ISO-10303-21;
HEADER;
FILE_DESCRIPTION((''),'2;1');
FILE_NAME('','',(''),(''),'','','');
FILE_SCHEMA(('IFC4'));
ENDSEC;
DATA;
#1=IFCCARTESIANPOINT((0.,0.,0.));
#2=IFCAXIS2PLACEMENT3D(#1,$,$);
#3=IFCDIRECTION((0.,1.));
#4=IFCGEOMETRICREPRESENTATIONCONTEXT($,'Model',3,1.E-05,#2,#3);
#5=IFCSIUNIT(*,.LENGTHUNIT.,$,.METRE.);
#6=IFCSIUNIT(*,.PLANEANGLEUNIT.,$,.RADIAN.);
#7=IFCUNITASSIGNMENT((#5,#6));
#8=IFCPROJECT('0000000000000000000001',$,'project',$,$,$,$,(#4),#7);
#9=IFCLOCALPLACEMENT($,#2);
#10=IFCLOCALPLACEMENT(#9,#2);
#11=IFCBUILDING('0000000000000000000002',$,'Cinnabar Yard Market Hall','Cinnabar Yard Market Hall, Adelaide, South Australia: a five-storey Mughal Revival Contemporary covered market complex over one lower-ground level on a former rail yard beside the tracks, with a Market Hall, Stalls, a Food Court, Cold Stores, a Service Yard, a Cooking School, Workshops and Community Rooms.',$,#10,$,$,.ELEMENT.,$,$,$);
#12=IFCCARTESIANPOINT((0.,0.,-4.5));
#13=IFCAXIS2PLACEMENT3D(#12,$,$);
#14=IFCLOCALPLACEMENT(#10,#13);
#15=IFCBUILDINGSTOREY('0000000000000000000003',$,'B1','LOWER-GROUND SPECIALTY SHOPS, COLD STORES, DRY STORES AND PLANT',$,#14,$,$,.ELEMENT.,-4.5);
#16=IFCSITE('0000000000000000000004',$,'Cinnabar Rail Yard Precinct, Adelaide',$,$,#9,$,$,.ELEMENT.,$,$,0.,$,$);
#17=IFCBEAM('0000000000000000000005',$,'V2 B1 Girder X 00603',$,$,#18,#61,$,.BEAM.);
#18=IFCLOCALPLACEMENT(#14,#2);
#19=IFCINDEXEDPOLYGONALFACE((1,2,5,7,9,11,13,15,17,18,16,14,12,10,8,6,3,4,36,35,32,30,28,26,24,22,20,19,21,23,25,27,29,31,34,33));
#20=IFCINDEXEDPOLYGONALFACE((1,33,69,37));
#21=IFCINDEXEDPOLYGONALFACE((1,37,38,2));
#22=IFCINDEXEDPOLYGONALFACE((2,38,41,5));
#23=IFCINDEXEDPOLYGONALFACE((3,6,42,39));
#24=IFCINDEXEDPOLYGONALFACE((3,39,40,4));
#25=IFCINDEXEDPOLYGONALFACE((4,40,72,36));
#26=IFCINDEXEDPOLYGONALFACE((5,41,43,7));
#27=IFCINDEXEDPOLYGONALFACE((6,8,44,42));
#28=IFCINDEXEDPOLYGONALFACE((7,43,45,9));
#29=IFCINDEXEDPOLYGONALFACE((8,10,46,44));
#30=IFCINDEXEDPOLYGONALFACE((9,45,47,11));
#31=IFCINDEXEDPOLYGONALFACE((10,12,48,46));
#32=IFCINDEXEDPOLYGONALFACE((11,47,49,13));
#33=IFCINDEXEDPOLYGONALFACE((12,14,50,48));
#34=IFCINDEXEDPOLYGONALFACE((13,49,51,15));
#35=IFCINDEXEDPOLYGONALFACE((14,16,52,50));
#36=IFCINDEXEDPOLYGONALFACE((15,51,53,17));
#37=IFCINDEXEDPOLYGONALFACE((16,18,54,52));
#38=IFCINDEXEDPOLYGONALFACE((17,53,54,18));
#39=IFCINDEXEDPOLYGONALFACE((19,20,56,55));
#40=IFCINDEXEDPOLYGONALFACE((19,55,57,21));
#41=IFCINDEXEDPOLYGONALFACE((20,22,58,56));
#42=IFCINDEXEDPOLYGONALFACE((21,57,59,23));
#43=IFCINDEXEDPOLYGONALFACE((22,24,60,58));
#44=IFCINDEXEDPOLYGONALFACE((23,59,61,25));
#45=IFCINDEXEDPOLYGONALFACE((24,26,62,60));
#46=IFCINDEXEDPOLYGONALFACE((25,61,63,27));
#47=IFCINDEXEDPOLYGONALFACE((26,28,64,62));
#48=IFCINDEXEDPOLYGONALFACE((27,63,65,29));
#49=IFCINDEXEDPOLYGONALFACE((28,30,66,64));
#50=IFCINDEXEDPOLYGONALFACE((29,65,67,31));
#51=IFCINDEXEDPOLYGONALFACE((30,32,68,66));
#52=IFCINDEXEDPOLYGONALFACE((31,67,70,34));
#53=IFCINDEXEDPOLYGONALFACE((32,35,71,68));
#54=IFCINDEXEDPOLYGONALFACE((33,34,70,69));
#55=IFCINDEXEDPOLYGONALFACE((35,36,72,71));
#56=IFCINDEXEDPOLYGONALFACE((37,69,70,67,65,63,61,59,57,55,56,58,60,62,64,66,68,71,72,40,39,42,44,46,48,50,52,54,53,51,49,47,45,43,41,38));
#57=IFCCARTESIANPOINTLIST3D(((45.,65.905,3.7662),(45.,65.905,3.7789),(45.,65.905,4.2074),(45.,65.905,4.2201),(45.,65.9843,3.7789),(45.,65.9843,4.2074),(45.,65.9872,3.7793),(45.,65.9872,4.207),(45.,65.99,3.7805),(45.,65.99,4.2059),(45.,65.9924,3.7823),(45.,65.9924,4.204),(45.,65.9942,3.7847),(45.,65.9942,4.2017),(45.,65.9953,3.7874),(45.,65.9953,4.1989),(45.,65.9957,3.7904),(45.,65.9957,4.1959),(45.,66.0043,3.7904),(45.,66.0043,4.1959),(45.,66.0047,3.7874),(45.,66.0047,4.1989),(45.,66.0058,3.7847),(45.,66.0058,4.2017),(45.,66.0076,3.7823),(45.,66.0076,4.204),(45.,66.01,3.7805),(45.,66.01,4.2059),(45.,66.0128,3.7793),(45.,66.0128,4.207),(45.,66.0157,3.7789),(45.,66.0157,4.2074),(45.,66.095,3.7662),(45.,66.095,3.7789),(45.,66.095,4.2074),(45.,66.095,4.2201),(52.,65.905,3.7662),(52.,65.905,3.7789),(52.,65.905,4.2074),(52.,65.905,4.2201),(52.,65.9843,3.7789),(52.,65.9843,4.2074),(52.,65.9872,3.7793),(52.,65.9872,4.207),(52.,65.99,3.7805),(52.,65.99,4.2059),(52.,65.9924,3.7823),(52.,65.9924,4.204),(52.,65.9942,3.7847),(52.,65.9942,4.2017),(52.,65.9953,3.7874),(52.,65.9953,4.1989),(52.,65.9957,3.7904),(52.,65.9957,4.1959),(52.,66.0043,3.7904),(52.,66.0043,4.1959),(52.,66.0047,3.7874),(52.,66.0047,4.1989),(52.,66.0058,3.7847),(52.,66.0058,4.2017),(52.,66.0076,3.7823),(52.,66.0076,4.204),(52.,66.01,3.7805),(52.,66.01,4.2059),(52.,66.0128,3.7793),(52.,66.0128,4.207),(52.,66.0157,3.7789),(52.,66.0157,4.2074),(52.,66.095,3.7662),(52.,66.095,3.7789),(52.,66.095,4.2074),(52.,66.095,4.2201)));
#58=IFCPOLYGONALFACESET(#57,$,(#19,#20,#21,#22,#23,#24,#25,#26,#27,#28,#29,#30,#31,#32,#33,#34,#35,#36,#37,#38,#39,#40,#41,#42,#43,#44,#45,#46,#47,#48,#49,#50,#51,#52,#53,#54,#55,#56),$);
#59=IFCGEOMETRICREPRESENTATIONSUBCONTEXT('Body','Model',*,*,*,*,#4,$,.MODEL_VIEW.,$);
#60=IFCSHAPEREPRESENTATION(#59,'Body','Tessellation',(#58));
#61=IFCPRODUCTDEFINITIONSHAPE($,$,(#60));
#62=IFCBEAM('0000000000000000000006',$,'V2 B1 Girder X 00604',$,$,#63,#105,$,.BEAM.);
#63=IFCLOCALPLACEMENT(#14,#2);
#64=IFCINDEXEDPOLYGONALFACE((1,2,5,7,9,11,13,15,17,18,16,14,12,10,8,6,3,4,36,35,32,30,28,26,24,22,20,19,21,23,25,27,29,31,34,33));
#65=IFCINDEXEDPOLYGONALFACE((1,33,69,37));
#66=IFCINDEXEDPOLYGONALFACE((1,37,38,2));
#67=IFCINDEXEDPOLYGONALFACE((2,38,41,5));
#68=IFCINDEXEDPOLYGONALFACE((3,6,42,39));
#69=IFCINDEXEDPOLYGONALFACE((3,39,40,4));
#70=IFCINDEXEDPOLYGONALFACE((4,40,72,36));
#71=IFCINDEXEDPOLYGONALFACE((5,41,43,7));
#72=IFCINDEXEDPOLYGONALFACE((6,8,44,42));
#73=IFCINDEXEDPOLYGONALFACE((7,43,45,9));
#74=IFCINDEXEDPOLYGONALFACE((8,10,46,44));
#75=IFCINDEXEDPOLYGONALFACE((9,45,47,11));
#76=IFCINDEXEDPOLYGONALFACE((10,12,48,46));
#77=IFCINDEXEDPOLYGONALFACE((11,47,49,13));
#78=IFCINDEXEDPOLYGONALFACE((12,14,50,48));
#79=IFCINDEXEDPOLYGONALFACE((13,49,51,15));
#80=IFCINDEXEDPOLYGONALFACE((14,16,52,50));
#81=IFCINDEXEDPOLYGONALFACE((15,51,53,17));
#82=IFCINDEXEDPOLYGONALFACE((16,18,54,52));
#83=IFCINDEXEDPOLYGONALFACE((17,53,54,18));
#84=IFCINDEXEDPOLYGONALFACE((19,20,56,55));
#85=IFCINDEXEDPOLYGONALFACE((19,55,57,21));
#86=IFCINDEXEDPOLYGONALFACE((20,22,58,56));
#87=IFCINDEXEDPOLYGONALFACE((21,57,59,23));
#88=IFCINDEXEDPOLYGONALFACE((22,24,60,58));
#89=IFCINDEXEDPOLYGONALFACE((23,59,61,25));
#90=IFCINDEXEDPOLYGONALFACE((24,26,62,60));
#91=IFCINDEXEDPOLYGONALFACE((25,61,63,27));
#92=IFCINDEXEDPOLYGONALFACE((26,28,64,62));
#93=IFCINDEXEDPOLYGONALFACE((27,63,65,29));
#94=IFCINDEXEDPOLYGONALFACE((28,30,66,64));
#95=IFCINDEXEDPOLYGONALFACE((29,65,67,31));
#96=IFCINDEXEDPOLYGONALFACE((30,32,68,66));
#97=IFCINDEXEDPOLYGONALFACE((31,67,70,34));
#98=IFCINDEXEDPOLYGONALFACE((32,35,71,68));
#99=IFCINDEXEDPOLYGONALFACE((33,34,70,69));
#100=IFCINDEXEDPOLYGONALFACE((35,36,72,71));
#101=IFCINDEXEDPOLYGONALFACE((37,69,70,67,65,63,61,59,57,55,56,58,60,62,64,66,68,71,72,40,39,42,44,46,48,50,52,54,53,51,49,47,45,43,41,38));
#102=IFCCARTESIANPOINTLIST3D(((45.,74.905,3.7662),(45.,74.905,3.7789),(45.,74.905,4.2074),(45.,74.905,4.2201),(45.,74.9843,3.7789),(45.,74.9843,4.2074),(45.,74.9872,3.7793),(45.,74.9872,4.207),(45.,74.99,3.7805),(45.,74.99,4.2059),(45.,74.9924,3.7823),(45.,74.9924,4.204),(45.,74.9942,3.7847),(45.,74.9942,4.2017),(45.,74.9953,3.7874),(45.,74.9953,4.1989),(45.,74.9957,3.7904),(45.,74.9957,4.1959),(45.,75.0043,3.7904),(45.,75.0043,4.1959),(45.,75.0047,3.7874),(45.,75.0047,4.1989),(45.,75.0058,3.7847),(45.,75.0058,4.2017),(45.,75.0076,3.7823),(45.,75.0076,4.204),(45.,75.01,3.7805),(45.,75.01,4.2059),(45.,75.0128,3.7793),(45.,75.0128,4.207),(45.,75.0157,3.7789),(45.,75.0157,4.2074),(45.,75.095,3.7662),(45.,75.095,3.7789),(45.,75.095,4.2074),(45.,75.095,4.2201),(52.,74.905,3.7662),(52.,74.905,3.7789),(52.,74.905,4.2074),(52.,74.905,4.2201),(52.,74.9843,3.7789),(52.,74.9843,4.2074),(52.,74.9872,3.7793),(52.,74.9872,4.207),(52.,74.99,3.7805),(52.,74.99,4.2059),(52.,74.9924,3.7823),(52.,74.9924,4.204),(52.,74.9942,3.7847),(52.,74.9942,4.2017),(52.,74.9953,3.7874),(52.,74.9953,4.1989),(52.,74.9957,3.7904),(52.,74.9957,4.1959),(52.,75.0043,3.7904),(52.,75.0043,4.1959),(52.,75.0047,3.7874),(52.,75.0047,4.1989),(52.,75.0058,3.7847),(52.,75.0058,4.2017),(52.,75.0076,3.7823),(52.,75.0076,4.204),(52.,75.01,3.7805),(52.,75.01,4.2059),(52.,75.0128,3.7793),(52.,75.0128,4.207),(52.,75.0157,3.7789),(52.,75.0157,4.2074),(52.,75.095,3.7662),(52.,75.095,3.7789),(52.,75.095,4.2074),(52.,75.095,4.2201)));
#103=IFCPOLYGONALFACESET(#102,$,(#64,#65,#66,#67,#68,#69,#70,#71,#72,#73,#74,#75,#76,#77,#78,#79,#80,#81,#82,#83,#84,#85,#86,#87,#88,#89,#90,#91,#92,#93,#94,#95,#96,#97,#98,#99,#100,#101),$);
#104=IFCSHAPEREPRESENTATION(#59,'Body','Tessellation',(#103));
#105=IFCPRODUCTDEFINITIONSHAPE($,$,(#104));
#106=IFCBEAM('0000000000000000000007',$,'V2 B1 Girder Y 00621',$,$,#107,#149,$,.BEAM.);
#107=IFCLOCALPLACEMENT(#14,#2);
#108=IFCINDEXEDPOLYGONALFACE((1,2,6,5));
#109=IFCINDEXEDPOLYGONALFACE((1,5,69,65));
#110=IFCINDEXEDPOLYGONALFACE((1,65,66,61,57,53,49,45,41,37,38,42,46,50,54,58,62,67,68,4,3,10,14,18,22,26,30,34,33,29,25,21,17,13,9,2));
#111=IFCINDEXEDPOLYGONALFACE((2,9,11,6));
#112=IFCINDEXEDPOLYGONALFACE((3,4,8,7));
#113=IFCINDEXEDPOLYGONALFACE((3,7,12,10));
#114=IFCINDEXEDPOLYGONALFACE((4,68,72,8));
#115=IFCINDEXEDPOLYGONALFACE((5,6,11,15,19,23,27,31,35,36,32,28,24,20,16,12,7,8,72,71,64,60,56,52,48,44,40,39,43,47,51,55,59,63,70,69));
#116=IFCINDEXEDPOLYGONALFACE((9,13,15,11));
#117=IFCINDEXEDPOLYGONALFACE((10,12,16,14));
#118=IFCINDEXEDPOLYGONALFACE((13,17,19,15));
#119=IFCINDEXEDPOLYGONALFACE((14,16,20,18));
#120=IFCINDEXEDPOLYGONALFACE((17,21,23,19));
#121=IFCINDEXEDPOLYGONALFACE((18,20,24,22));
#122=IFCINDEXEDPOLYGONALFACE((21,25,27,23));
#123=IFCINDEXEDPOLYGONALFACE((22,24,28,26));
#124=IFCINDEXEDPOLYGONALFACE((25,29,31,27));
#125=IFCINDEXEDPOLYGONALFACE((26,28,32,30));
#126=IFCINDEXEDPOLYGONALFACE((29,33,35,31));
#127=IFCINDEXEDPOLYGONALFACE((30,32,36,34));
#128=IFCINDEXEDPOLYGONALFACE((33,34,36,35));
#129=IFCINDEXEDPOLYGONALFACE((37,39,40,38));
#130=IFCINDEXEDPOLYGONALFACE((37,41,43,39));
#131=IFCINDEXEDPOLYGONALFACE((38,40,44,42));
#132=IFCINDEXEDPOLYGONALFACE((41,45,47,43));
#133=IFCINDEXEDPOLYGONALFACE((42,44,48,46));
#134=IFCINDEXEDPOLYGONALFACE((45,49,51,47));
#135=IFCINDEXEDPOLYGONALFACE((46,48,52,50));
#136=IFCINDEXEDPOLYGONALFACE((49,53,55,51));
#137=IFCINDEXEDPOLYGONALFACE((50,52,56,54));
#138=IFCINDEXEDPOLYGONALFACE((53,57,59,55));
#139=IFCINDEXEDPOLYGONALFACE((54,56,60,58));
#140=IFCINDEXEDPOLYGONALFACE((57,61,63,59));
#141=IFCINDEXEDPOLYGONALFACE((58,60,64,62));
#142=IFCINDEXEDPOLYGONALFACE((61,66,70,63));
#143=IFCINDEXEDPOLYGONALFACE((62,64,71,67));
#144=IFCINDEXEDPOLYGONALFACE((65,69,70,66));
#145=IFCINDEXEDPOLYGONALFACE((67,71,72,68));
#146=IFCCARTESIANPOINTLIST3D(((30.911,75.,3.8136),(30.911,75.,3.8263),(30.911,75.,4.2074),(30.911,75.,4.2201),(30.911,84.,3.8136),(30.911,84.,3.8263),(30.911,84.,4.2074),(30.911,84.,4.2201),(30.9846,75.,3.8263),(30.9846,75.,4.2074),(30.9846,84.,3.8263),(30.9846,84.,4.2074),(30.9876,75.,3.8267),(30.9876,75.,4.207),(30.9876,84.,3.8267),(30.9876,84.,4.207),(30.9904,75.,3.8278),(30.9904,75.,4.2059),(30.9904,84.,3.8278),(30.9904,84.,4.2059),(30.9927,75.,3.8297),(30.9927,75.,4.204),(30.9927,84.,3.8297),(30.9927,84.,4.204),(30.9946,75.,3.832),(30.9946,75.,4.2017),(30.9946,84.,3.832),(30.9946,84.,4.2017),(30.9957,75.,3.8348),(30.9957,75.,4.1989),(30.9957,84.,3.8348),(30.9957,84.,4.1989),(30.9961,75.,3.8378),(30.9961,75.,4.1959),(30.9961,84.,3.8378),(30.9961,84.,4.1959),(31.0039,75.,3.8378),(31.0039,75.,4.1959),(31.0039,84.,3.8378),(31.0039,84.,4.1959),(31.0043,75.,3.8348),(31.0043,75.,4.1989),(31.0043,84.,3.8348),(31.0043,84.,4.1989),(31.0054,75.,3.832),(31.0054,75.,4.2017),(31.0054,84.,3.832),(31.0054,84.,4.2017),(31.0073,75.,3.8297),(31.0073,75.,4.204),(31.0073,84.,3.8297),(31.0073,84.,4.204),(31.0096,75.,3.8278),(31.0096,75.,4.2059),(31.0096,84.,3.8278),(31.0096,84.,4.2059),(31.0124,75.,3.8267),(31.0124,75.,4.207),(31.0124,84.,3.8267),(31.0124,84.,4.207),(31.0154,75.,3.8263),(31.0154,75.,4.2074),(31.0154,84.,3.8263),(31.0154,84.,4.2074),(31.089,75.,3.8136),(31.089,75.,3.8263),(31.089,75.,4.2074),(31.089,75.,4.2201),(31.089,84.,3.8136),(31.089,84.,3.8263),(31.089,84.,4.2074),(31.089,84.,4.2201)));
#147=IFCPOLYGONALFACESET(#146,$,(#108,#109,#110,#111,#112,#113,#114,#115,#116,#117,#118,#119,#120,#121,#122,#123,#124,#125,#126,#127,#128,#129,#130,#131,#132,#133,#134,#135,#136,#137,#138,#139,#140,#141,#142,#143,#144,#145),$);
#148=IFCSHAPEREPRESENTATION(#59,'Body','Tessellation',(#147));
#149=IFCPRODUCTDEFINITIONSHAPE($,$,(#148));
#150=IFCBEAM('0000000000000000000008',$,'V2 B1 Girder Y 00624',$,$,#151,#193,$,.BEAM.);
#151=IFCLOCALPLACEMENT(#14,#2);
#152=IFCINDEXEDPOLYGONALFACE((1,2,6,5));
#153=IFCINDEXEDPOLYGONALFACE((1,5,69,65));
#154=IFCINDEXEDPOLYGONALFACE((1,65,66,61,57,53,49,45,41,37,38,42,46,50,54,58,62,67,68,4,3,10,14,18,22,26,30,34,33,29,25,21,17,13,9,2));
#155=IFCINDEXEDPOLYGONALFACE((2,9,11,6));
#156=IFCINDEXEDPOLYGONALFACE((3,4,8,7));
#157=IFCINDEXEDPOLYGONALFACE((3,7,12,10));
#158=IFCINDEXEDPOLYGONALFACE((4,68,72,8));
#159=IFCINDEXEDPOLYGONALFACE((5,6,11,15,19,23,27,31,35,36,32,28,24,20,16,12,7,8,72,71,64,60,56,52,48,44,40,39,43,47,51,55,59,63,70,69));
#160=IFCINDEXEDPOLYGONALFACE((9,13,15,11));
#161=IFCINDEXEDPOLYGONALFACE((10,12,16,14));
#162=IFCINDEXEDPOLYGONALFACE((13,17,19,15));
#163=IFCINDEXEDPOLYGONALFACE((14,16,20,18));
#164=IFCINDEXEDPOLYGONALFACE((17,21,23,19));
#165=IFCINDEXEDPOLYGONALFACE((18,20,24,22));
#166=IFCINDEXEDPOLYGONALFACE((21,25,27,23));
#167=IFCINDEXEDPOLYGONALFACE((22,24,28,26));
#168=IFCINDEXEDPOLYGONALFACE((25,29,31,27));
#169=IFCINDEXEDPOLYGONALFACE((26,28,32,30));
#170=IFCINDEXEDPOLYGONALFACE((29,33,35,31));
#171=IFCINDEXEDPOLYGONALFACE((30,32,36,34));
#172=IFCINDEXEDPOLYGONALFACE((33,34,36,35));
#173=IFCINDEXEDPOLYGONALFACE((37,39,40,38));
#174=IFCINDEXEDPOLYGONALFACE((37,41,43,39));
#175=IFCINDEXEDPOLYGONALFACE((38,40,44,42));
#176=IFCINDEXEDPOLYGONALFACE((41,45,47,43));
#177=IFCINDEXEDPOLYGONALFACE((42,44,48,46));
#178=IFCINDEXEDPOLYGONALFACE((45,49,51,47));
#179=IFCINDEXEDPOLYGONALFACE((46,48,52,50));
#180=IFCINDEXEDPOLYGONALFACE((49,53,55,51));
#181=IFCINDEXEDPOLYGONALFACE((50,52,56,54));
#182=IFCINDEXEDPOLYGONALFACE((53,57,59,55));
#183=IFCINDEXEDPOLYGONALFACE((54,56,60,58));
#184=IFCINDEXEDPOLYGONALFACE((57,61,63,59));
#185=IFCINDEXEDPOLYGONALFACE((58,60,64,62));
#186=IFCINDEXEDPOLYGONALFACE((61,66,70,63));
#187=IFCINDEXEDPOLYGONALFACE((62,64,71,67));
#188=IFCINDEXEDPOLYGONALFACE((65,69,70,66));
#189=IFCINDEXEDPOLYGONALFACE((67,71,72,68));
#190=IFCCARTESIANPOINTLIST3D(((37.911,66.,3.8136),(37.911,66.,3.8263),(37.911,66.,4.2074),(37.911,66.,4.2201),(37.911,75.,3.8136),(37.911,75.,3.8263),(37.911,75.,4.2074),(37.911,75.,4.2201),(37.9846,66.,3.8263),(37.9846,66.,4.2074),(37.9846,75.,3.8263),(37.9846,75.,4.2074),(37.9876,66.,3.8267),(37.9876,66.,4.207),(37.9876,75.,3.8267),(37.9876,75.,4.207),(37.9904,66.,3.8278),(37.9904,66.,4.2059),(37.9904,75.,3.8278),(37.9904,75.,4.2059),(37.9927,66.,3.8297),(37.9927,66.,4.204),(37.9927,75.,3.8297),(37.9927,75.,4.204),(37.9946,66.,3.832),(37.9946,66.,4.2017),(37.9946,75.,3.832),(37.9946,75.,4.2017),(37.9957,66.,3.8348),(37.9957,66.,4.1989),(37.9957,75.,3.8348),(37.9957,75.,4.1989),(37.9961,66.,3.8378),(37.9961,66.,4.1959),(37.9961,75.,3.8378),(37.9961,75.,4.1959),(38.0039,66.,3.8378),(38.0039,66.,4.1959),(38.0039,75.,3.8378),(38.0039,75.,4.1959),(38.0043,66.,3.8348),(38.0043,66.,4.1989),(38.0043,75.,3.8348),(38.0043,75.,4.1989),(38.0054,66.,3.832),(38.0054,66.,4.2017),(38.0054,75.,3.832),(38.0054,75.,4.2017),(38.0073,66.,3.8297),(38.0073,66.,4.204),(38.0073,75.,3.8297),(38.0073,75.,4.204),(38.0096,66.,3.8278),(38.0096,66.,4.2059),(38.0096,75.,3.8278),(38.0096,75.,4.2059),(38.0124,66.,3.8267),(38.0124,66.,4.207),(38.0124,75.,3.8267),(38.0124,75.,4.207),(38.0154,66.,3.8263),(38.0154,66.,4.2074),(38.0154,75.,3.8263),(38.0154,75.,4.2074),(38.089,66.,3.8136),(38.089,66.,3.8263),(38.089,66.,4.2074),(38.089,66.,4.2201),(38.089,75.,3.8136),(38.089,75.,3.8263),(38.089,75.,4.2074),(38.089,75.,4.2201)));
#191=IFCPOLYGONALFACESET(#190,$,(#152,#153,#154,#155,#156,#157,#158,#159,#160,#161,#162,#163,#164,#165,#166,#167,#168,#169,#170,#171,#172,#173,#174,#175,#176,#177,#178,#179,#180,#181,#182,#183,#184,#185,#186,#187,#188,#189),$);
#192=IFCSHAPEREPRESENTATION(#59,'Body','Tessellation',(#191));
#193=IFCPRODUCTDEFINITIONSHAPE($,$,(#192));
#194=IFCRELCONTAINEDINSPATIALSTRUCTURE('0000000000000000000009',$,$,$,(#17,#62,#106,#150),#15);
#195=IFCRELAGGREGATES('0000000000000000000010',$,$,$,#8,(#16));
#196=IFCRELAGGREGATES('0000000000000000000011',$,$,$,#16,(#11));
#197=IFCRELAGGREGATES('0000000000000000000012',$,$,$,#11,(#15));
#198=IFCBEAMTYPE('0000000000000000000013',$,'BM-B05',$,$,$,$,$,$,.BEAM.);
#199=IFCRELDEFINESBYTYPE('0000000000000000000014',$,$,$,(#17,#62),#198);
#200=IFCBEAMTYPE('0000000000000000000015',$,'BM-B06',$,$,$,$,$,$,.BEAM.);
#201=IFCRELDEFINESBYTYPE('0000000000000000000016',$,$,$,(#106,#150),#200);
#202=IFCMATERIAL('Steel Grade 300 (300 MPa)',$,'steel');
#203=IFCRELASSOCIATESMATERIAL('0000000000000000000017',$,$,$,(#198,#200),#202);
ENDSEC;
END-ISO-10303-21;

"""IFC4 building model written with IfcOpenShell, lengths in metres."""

from ifc_helpers import new_model, si_unit, direction, frame, origin, origin_2d_with_axis, place, context, subcontext, project, spatial, i_section, extrude, material, material_profile, profile_set, type_object, element, save


model = new_model("IFC4")

# Units and contexts
model_context = context("Model", 3, precision=1e-05, world=origin(), true_north=direction((0.0, 1.0)))
body_context = subcontext(model_context, "Body", "Model", "MODEL_VIEW")
ifc_project = project(units=[si_unit("LENGTHUNIT", "METRE"), si_unit("PLANEANGLEUNIT", "RADIAN")], contexts=[model_context])

# Site, building, storey
site_placement = place(None, origin())
site = spatial("IfcSite", under=ifc_project, at=site_placement, Name="Cinnabar Rail Yard Precinct, Adelaide", CompositionType="ELEMENT", RefElevation=0.0)
building_placement = place(site_placement, origin())
building = spatial("IfcBuilding", under=site, at=building_placement, Name="Cinnabar Yard Market Hall", Description="Cinnabar Yard Market Hall, Adelaide, South Australia: a five-storey Mughal Revival Contemporary covered market complex over one lower-ground level on a former rail yard beside the tracks, with a Market Hall, Stalls, a Food Court, Cold Stores, a Service Yard, a Cooking School, Workshops and Community Rooms.", CompositionType="ELEMENT")
storey_placement = place(building_placement, frame((0.0, 0.0, -4.5)))
storey = spatial("IfcBuildingStorey", under=building, at=storey_placement, Name="B1", Description="LOWER-GROUND SPECIALTY SHOPS, COLD STORES, DRY STORES AND PLANT", CompositionType="ELEMENT", Elevation=-4.5)

# Shared definitions
ifc_material_1 = material(Name="Steel Grade 300 (300 MPa)", Category="steel")

# Beams
ifc_material_profile_1 = material_profile(ifc_material_1, i_section(OverallWidth=0.1899, OverallDepth=0.4539, WebThickness=0.0085, FlangeThickness=0.0127, FilletRadius=0.0115, at=origin_2d_with_axis()), Name="460UB67.1")
ifc_profile_set_1 = profile_set([ifc_material_profile_1], Name="Steel Grade 300 (300 MPa)")
beam_type_1 = type_object("IfcBeamType", Name="BM-B05", PredefinedType="BEAM", material=ifc_profile_set_1)
for number, where, z_axis, x_axis, name in (
    (1, (45.0, 66.0, 3.9932), (1.0, 0.0, 0.0), (0.0, 1.0, 0.0), "V2 B1 Girder X 00603"),
    (2, (45.0, 75.0, 3.9932), (1.0, 0.0, 0.0), (0.0, 1.0, 0.0), "V2 B1 Girder X 00604"),
):
    element("IfcBeam", number, at=place(storey_placement, frame(where, z_axis=z_axis, x_axis=x_axis)), inside=storey, type_object=beam_type_1, Name=name, PredefinedType="BEAM", context=body_context, shape_type="SweptSolid", body=[
        extrude(i_section(OverallWidth=0.1899, OverallDepth=0.4539, WebThickness=0.0085, FlangeThickness=0.0127, FilletRadius=0.0115, at=origin_2d_with_axis()), origin(), (0.0, 0.0, 1.0), 7.0),
    ])
ifc_material_profile_2 = material_profile(ifc_material_1, i_section(OverallWidth=0.178, OverallDepth=0.4065, WebThickness=0.0078, FlangeThickness=0.0127, FilletRadius=0.0115, at=origin_2d_with_axis()), Name="410UB59.7")
ifc_profile_set_2 = profile_set([ifc_material_profile_2], Name="Steel Grade 300 (300 MPa)")
beam_type_2 = type_object("IfcBeamType", Name="BM-B06", PredefinedType="BEAM", material=ifc_profile_set_2)
for number, where, z_axis, x_axis, name in (
    (3, (31.0, 75.0, 4.0168), (0.0, 1.0, 0.0), (-1.0, 0.0, 0.0), "V2 B1 Girder Y 00621"),
    (4, (38.0, 66.0, 4.0168), (0.0, 1.0, 0.0), (-1.0, 0.0, 0.0), "V2 B1 Girder Y 00624"),
):
    element("IfcBeam", number, at=place(storey_placement, frame(where, z_axis=z_axis, x_axis=x_axis)), inside=storey, type_object=beam_type_2, Name=name, PredefinedType="BEAM", context=body_context, shape_type="SweptSolid", body=[
        extrude(i_section(OverallWidth=0.178, OverallDepth=0.4065, WebThickness=0.0078, FlangeThickness=0.0127, FilletRadius=0.0115, at=origin_2d_with_axis()), origin(), (0.0, 0.0, 1.0), 9.0),
    ])

save(model, "model.ifc")
